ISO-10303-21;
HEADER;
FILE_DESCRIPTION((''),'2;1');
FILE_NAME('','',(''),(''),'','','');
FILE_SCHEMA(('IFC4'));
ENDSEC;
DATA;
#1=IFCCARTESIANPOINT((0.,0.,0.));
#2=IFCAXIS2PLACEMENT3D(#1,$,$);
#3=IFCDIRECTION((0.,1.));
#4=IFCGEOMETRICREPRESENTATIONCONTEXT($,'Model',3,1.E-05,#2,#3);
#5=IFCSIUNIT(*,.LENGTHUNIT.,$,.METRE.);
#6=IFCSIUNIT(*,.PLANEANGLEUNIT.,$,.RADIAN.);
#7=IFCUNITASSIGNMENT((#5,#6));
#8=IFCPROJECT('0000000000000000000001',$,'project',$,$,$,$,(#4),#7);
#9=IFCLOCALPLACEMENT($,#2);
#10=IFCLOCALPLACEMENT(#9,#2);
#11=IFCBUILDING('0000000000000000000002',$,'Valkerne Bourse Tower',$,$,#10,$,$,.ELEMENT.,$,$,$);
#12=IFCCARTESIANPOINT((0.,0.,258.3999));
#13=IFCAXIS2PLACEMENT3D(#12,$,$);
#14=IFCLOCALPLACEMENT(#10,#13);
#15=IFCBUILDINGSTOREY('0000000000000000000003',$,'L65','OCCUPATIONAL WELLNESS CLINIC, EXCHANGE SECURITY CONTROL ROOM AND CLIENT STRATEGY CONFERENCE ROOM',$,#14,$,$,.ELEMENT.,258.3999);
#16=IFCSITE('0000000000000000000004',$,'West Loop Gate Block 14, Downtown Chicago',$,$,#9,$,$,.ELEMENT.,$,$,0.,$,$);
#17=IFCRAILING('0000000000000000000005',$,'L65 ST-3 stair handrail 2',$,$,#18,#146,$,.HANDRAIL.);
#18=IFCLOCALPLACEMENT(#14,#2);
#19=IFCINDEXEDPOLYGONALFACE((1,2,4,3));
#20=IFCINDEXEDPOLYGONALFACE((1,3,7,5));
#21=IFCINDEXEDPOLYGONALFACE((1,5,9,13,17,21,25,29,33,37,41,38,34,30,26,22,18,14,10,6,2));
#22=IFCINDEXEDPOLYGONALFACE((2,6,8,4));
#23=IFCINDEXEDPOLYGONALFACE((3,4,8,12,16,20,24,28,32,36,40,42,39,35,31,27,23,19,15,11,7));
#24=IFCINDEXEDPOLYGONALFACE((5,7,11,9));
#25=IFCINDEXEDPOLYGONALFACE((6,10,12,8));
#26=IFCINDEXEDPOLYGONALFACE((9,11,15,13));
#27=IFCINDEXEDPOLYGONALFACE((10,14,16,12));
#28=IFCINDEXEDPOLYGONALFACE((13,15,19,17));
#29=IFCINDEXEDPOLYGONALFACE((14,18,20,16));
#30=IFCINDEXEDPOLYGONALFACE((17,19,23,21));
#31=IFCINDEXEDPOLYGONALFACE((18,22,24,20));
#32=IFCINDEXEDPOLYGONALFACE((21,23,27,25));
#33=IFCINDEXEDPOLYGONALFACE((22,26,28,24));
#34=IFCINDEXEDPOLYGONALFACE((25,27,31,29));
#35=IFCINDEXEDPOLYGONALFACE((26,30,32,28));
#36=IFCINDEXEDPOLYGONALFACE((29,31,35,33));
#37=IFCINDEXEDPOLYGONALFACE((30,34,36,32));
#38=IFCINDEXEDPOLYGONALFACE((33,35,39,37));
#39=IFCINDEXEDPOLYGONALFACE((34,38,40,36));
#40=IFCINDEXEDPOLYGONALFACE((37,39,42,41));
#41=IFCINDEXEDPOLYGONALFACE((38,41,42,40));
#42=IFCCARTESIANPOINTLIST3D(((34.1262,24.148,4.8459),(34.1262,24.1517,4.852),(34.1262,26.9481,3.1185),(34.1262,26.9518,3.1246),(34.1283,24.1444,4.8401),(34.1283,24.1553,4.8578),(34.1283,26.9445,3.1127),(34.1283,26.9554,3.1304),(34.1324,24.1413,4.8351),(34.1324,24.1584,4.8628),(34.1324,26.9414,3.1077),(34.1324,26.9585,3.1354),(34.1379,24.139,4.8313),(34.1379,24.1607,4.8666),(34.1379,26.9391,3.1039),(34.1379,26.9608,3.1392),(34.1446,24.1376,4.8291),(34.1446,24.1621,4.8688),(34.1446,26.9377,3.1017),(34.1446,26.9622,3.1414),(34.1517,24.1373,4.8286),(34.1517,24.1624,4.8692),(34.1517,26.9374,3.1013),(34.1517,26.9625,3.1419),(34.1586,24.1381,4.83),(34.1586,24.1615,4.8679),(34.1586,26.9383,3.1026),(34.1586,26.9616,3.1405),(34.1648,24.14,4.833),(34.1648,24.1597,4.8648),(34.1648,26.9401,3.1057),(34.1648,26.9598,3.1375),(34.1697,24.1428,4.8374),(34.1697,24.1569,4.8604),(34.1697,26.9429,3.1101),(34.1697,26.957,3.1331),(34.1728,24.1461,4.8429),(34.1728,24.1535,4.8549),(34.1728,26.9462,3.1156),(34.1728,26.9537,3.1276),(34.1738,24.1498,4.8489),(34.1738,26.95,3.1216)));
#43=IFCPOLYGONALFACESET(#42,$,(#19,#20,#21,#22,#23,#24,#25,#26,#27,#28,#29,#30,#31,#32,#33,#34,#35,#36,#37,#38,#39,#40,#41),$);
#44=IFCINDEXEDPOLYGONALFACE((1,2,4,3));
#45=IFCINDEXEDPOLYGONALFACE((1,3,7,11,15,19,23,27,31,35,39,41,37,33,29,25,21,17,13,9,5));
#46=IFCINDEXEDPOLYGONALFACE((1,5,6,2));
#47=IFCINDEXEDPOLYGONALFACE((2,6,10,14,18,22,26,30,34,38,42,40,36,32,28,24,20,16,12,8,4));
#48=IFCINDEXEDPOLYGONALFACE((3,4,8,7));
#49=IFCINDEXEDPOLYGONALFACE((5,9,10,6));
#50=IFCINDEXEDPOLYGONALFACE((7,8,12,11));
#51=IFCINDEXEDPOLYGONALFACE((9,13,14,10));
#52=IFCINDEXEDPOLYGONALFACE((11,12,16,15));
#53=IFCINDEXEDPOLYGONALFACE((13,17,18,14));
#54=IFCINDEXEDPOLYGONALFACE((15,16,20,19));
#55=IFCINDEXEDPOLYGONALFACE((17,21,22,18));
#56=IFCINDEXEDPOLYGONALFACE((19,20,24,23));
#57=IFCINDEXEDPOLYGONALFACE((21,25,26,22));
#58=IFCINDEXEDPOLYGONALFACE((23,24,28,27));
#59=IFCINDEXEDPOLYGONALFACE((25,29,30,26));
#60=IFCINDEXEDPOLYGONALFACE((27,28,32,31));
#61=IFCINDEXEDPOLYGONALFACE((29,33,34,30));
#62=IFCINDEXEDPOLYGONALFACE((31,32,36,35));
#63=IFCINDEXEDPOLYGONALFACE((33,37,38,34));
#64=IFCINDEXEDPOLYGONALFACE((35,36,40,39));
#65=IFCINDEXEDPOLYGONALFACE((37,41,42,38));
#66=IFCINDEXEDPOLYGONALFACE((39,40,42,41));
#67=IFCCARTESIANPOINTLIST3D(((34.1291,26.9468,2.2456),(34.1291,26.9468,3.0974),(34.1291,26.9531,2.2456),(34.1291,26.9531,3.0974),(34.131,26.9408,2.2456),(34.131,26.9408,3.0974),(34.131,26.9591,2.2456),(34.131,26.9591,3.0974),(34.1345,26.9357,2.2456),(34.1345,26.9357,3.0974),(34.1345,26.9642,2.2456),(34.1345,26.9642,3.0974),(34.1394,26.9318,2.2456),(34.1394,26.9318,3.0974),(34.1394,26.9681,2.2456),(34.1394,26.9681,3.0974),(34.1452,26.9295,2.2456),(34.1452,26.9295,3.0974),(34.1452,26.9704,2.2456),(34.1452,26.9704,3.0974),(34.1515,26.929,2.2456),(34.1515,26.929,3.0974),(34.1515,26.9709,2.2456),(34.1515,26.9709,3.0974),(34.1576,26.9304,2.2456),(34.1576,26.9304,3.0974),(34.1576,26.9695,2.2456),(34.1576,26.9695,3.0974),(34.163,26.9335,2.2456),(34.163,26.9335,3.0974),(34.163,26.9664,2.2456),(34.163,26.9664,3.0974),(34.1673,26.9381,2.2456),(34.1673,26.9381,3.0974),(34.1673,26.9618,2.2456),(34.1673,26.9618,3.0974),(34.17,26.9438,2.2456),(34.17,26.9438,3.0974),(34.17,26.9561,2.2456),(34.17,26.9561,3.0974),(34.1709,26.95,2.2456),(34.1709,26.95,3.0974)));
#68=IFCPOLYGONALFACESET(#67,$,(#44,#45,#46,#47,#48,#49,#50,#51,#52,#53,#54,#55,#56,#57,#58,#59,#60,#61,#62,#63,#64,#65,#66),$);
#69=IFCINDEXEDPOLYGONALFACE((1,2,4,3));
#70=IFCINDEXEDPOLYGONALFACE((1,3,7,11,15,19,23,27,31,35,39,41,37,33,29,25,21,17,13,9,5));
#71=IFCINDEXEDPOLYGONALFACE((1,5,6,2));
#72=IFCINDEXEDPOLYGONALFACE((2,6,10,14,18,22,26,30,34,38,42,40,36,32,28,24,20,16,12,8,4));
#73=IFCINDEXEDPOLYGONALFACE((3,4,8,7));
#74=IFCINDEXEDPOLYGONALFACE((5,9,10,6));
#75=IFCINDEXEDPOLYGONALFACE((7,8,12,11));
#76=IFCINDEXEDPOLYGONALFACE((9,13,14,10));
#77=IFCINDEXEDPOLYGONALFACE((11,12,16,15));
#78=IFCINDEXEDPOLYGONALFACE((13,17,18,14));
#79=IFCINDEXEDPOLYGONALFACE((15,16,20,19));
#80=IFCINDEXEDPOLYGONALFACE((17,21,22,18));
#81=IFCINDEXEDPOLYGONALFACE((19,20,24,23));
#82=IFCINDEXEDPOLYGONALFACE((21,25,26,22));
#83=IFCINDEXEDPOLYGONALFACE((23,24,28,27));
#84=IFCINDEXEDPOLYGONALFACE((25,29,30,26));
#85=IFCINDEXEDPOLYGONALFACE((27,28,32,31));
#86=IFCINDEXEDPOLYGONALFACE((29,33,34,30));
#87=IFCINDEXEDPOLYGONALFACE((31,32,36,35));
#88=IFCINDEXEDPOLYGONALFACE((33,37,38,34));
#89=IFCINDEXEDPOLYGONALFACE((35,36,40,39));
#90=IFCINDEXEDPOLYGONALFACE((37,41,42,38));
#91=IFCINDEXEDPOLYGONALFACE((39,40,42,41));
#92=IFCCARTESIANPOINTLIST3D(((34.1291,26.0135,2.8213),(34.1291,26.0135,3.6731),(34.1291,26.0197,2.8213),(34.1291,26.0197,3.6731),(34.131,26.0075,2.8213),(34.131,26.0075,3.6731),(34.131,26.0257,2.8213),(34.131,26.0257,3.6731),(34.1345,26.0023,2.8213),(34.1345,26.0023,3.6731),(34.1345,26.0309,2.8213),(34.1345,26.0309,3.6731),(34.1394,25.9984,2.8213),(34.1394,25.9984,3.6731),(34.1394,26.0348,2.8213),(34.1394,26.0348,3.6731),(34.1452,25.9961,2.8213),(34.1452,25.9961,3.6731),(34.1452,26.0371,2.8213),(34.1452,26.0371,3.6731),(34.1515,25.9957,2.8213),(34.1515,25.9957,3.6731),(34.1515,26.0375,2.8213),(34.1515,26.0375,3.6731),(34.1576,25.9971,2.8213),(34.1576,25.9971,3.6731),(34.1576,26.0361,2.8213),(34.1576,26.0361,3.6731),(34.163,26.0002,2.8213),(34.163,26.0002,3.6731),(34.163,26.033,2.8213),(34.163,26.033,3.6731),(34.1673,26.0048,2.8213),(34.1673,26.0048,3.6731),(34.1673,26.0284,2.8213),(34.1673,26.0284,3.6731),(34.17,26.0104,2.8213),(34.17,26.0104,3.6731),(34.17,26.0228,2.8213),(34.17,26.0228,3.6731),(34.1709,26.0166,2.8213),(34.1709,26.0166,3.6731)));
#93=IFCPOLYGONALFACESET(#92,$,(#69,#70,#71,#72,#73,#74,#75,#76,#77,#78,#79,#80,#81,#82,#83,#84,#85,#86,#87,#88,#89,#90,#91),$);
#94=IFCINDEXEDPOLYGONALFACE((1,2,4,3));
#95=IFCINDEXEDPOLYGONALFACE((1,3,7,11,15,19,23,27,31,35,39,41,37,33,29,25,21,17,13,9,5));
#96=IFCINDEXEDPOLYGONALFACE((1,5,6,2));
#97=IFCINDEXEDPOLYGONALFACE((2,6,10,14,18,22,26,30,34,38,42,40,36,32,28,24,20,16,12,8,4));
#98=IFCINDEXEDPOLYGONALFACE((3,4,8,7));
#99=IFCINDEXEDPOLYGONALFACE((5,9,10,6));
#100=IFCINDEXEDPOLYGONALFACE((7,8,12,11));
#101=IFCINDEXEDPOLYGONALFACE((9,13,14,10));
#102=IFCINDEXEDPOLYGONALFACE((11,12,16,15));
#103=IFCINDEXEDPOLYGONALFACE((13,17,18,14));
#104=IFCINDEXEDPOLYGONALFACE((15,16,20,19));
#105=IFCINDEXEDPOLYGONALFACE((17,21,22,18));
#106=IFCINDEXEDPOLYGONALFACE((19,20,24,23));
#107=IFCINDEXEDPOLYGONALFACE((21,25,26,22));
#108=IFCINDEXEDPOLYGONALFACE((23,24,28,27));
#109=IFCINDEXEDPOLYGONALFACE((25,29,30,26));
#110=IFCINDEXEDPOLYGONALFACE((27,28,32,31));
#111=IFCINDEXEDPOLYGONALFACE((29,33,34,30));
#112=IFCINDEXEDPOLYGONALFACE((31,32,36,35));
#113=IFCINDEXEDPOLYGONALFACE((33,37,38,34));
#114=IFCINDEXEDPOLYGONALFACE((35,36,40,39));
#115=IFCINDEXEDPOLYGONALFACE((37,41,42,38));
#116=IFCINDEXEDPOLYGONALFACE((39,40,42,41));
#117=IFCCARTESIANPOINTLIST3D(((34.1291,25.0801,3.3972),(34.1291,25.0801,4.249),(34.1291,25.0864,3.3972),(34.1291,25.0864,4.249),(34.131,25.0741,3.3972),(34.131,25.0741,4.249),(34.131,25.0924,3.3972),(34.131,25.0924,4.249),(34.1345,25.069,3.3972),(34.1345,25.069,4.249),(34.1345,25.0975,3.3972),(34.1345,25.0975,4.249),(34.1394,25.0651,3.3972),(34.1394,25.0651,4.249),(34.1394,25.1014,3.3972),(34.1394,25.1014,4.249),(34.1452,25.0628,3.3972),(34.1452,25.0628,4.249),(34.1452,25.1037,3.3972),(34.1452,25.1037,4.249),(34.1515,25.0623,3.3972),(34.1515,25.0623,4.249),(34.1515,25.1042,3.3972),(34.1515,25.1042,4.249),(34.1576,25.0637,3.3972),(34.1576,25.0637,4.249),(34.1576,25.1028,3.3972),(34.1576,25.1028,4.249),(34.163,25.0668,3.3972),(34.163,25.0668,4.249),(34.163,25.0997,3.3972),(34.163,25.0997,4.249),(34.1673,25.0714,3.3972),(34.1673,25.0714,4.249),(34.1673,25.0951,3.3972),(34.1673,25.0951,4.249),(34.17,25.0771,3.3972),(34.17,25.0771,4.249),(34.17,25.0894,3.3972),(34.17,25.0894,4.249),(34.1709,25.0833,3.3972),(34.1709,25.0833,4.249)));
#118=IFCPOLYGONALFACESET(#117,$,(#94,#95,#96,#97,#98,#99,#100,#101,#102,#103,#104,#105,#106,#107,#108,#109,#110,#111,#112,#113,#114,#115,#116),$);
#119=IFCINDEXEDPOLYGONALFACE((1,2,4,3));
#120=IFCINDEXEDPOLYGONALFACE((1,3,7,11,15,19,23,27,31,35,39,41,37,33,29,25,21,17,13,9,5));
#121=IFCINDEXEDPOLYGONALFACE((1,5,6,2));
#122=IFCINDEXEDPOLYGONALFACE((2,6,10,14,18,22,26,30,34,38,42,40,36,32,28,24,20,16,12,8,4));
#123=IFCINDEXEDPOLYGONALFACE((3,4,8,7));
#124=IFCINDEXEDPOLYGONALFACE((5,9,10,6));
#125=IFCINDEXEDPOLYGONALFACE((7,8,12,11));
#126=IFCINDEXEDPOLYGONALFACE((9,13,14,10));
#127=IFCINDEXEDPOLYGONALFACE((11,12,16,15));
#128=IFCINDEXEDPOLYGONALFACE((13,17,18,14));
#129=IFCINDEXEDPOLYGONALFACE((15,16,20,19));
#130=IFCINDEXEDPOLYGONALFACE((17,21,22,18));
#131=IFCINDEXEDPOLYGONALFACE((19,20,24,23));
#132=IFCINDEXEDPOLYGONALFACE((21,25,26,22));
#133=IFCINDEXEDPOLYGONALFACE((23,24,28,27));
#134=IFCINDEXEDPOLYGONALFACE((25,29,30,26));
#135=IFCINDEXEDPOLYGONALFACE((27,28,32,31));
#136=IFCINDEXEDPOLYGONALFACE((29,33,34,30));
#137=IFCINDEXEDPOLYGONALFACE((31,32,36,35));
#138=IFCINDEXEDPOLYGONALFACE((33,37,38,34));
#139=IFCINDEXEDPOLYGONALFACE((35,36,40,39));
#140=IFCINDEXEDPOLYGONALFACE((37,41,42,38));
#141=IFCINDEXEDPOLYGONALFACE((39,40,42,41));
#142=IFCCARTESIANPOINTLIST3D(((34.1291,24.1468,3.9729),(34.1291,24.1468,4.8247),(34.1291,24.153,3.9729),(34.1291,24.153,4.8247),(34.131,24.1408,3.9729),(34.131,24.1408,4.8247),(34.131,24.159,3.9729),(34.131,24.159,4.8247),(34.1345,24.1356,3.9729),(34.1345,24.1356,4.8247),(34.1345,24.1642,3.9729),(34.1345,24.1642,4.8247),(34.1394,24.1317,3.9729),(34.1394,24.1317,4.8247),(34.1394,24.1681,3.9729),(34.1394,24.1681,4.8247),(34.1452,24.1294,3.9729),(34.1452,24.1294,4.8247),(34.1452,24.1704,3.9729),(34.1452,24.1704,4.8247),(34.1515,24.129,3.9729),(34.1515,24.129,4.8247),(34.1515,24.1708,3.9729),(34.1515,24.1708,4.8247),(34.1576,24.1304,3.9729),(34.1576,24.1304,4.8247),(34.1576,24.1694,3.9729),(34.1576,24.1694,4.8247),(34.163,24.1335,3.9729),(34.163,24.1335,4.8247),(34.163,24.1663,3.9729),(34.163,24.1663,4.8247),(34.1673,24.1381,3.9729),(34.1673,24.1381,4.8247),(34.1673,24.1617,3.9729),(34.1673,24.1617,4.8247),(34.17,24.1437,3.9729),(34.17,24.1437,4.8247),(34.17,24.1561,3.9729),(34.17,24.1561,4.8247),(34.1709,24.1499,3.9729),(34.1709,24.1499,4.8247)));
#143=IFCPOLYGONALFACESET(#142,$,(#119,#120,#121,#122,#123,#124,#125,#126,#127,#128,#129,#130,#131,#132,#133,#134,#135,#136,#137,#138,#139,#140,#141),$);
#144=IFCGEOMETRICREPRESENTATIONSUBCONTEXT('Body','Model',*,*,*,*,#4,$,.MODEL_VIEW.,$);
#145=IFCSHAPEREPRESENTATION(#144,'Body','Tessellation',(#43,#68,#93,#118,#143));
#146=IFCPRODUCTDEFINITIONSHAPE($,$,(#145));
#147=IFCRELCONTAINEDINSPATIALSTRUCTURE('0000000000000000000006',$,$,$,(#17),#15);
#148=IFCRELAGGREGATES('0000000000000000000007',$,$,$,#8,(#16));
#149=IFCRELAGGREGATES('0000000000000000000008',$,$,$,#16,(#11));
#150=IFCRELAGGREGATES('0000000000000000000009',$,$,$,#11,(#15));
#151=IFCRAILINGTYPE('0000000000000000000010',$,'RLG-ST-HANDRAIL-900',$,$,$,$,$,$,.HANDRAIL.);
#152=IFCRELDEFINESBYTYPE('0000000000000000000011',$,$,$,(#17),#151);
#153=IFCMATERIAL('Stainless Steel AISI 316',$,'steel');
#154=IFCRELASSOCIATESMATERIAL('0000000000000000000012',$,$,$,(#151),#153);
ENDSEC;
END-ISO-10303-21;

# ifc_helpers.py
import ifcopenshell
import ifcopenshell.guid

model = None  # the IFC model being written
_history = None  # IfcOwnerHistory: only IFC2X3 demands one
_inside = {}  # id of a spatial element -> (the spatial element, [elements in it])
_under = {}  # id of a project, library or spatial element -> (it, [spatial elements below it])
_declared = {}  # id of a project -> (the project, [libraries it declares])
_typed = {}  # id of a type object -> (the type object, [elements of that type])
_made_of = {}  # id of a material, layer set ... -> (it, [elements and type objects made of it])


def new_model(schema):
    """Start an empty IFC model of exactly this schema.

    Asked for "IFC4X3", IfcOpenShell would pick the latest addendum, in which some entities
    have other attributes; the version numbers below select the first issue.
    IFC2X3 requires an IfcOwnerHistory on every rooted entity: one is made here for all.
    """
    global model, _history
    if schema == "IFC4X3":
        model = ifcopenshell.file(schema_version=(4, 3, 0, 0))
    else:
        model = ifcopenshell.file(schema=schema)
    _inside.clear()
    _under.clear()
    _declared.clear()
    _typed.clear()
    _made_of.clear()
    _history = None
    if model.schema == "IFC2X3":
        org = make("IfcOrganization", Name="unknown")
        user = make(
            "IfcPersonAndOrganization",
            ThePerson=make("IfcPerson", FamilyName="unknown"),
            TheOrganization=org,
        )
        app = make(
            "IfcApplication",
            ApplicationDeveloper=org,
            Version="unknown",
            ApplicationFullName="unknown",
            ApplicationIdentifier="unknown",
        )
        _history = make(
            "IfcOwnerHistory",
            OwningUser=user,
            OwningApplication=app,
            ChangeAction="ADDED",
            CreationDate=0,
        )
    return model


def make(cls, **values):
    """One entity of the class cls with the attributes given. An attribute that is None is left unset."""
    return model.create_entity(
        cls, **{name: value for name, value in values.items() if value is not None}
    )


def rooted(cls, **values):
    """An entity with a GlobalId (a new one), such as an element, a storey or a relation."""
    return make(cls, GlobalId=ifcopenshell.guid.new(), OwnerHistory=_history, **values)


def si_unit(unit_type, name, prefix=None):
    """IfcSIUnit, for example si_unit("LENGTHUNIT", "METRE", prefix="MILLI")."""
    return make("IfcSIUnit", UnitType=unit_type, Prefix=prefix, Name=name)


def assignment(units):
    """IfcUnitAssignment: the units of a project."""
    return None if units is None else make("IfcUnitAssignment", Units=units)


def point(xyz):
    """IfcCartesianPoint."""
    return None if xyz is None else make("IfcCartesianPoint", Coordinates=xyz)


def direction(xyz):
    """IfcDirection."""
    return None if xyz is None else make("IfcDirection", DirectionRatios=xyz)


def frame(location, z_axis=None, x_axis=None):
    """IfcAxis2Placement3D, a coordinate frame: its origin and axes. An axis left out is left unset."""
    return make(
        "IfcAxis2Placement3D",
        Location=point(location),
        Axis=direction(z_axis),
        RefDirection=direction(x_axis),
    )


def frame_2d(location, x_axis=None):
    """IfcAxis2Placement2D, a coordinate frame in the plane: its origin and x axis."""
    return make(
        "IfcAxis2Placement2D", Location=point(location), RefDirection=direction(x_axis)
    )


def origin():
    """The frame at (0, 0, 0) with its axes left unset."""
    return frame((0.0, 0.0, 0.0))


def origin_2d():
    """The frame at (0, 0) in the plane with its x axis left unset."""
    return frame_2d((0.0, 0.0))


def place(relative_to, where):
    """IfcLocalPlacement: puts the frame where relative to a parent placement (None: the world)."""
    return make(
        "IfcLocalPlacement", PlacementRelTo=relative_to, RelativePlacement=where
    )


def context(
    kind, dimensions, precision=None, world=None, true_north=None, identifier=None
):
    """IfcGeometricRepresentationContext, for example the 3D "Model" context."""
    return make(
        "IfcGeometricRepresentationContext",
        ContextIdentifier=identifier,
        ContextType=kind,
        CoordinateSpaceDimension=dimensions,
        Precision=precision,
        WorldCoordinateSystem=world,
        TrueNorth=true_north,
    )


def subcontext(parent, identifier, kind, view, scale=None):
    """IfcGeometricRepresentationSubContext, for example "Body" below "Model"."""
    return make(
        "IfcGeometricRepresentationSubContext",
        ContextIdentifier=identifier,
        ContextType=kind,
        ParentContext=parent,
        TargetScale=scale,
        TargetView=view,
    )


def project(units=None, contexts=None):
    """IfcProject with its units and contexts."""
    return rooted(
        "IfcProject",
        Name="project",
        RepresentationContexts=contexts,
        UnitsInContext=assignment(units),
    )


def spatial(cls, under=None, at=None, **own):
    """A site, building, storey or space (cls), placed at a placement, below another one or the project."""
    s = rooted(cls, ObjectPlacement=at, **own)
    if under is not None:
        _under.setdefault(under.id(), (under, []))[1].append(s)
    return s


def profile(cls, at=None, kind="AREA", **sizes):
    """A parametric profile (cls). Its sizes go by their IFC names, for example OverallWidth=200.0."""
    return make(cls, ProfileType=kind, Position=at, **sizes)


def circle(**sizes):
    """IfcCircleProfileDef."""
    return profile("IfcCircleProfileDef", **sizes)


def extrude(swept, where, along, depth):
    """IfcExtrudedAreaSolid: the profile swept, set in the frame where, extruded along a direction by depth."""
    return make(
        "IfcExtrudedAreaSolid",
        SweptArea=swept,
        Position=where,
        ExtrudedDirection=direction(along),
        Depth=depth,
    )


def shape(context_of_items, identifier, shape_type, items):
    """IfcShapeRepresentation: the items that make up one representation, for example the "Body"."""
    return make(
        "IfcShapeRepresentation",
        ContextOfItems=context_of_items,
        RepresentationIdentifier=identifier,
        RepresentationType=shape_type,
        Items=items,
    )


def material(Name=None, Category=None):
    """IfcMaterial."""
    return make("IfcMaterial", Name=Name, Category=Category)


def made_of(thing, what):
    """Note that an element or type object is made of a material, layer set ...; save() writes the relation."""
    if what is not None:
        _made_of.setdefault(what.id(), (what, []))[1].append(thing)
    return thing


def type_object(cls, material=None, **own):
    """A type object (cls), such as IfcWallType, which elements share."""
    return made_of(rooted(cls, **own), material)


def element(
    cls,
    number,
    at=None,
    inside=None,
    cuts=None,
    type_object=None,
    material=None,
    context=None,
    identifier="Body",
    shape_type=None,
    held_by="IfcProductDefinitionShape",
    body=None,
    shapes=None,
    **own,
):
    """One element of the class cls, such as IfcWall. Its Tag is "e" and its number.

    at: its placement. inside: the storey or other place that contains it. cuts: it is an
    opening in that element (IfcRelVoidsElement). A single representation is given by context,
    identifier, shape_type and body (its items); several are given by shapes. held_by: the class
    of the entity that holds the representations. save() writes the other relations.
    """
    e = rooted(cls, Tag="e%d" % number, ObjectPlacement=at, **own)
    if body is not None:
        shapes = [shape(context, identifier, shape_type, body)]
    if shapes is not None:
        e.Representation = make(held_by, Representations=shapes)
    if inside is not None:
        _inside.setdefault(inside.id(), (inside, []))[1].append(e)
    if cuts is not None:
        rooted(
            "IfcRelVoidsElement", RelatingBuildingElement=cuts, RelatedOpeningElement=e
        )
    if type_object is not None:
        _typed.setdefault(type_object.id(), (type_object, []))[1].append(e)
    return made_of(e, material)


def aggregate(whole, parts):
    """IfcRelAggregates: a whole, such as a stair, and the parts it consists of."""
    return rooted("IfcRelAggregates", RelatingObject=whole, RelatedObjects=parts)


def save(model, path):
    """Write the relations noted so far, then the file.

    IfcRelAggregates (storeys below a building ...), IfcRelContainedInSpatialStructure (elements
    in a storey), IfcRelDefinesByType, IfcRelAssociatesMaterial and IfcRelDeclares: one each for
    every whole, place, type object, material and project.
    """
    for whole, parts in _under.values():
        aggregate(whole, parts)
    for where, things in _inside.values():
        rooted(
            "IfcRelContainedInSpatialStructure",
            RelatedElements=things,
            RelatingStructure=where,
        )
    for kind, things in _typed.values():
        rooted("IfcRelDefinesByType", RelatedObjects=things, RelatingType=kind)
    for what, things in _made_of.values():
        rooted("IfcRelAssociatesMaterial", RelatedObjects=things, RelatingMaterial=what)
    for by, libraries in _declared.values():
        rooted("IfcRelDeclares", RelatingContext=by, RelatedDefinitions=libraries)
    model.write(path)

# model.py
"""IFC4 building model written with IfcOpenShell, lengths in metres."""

from ifc_helpers import new_model, si_unit, direction, frame, origin, origin_2d, place, context, subcontext, project, spatial, circle, extrude, material, type_object, element, save


model = new_model("IFC4")

# Units and contexts
model_context = context("Model", 3, precision=1e-05, world=origin(), true_north=direction((0.0, 1.0)))
body_context = subcontext(model_context, "Body", "Model", "MODEL_VIEW")
ifc_project = project(units=[si_unit("LENGTHUNIT", "METRE"), si_unit("PLANEANGLEUNIT", "RADIAN")], contexts=[model_context])

# Site, building, storey
site_placement = place(None, origin())
site = spatial("IfcSite", under=ifc_project, at=site_placement, Name="West Loop Gate Block 14, Downtown Chicago", CompositionType="ELEMENT", RefElevation=0.0)
building_placement = place(site_placement, origin())
building = spatial("IfcBuilding", under=site, at=building_placement, Name="Valkerne Bourse Tower", CompositionType="ELEMENT")
storey_placement = place(building_placement, frame((0.0, 0.0, 258.3999)))
storey = spatial("IfcBuildingStorey", under=building, at=storey_placement, Name="L65", Description="OCCUPATIONAL WELLNESS CLINIC, EXCHANGE SECURITY CONTROL ROOM AND CLIENT STRATEGY CONFERENCE ROOM", CompositionType="ELEMENT", Elevation=258.3999)

# Shared definitions
ifc_material_1 = material(Name="Stainless Steel AISI 316", Category="steel")

# Railing
railing_type_1 = type_object("IfcRailingType", Name="RLG-ST-HANDRAIL-900", PredefinedType="HANDRAIL", material=ifc_material_1)
railing_1_placement = place(storey_placement, frame((34.1499, 26.95, 2.2456)))
element("IfcRailing", 1, at=railing_1_placement, inside=storey, type_object=railing_type_1, Name="L65 ST-3 stair handrail 2", PredefinedType="HANDRAIL", context=body_context, shape_type="SweptSolid", body=[
    extrude(circle(Radius=0.0239, at=origin_2d()), frame((0.0, 0.0, 0.876), z_axis=(0.0, -0.85109, 0.52502), x_axis=(1.0, 0.0, 0.0)), (0.0, 0.0, 1.0), 3.29),
    extrude(circle(Radius=0.021, at=origin_2d()), origin(), (0.0, 0.0, 1.0), 0.8518),
    extrude(circle(Radius=0.021, at=origin_2d()), frame((0.0, -0.9333, 0.5757)), (0.0, 0.0, 1.0), 0.8518),
    extrude(circle(Radius=0.021, at=origin_2d()), frame((0.0, -1.8667, 1.1516)), (0.0, 0.0, 1.0), 0.8518),
    extrude(circle(Radius=0.021, at=origin_2d()), frame((0.0, -2.8, 1.7273)), (0.0, 0.0, 1.0), 0.8518),
])

save(model, "model.ifc")
